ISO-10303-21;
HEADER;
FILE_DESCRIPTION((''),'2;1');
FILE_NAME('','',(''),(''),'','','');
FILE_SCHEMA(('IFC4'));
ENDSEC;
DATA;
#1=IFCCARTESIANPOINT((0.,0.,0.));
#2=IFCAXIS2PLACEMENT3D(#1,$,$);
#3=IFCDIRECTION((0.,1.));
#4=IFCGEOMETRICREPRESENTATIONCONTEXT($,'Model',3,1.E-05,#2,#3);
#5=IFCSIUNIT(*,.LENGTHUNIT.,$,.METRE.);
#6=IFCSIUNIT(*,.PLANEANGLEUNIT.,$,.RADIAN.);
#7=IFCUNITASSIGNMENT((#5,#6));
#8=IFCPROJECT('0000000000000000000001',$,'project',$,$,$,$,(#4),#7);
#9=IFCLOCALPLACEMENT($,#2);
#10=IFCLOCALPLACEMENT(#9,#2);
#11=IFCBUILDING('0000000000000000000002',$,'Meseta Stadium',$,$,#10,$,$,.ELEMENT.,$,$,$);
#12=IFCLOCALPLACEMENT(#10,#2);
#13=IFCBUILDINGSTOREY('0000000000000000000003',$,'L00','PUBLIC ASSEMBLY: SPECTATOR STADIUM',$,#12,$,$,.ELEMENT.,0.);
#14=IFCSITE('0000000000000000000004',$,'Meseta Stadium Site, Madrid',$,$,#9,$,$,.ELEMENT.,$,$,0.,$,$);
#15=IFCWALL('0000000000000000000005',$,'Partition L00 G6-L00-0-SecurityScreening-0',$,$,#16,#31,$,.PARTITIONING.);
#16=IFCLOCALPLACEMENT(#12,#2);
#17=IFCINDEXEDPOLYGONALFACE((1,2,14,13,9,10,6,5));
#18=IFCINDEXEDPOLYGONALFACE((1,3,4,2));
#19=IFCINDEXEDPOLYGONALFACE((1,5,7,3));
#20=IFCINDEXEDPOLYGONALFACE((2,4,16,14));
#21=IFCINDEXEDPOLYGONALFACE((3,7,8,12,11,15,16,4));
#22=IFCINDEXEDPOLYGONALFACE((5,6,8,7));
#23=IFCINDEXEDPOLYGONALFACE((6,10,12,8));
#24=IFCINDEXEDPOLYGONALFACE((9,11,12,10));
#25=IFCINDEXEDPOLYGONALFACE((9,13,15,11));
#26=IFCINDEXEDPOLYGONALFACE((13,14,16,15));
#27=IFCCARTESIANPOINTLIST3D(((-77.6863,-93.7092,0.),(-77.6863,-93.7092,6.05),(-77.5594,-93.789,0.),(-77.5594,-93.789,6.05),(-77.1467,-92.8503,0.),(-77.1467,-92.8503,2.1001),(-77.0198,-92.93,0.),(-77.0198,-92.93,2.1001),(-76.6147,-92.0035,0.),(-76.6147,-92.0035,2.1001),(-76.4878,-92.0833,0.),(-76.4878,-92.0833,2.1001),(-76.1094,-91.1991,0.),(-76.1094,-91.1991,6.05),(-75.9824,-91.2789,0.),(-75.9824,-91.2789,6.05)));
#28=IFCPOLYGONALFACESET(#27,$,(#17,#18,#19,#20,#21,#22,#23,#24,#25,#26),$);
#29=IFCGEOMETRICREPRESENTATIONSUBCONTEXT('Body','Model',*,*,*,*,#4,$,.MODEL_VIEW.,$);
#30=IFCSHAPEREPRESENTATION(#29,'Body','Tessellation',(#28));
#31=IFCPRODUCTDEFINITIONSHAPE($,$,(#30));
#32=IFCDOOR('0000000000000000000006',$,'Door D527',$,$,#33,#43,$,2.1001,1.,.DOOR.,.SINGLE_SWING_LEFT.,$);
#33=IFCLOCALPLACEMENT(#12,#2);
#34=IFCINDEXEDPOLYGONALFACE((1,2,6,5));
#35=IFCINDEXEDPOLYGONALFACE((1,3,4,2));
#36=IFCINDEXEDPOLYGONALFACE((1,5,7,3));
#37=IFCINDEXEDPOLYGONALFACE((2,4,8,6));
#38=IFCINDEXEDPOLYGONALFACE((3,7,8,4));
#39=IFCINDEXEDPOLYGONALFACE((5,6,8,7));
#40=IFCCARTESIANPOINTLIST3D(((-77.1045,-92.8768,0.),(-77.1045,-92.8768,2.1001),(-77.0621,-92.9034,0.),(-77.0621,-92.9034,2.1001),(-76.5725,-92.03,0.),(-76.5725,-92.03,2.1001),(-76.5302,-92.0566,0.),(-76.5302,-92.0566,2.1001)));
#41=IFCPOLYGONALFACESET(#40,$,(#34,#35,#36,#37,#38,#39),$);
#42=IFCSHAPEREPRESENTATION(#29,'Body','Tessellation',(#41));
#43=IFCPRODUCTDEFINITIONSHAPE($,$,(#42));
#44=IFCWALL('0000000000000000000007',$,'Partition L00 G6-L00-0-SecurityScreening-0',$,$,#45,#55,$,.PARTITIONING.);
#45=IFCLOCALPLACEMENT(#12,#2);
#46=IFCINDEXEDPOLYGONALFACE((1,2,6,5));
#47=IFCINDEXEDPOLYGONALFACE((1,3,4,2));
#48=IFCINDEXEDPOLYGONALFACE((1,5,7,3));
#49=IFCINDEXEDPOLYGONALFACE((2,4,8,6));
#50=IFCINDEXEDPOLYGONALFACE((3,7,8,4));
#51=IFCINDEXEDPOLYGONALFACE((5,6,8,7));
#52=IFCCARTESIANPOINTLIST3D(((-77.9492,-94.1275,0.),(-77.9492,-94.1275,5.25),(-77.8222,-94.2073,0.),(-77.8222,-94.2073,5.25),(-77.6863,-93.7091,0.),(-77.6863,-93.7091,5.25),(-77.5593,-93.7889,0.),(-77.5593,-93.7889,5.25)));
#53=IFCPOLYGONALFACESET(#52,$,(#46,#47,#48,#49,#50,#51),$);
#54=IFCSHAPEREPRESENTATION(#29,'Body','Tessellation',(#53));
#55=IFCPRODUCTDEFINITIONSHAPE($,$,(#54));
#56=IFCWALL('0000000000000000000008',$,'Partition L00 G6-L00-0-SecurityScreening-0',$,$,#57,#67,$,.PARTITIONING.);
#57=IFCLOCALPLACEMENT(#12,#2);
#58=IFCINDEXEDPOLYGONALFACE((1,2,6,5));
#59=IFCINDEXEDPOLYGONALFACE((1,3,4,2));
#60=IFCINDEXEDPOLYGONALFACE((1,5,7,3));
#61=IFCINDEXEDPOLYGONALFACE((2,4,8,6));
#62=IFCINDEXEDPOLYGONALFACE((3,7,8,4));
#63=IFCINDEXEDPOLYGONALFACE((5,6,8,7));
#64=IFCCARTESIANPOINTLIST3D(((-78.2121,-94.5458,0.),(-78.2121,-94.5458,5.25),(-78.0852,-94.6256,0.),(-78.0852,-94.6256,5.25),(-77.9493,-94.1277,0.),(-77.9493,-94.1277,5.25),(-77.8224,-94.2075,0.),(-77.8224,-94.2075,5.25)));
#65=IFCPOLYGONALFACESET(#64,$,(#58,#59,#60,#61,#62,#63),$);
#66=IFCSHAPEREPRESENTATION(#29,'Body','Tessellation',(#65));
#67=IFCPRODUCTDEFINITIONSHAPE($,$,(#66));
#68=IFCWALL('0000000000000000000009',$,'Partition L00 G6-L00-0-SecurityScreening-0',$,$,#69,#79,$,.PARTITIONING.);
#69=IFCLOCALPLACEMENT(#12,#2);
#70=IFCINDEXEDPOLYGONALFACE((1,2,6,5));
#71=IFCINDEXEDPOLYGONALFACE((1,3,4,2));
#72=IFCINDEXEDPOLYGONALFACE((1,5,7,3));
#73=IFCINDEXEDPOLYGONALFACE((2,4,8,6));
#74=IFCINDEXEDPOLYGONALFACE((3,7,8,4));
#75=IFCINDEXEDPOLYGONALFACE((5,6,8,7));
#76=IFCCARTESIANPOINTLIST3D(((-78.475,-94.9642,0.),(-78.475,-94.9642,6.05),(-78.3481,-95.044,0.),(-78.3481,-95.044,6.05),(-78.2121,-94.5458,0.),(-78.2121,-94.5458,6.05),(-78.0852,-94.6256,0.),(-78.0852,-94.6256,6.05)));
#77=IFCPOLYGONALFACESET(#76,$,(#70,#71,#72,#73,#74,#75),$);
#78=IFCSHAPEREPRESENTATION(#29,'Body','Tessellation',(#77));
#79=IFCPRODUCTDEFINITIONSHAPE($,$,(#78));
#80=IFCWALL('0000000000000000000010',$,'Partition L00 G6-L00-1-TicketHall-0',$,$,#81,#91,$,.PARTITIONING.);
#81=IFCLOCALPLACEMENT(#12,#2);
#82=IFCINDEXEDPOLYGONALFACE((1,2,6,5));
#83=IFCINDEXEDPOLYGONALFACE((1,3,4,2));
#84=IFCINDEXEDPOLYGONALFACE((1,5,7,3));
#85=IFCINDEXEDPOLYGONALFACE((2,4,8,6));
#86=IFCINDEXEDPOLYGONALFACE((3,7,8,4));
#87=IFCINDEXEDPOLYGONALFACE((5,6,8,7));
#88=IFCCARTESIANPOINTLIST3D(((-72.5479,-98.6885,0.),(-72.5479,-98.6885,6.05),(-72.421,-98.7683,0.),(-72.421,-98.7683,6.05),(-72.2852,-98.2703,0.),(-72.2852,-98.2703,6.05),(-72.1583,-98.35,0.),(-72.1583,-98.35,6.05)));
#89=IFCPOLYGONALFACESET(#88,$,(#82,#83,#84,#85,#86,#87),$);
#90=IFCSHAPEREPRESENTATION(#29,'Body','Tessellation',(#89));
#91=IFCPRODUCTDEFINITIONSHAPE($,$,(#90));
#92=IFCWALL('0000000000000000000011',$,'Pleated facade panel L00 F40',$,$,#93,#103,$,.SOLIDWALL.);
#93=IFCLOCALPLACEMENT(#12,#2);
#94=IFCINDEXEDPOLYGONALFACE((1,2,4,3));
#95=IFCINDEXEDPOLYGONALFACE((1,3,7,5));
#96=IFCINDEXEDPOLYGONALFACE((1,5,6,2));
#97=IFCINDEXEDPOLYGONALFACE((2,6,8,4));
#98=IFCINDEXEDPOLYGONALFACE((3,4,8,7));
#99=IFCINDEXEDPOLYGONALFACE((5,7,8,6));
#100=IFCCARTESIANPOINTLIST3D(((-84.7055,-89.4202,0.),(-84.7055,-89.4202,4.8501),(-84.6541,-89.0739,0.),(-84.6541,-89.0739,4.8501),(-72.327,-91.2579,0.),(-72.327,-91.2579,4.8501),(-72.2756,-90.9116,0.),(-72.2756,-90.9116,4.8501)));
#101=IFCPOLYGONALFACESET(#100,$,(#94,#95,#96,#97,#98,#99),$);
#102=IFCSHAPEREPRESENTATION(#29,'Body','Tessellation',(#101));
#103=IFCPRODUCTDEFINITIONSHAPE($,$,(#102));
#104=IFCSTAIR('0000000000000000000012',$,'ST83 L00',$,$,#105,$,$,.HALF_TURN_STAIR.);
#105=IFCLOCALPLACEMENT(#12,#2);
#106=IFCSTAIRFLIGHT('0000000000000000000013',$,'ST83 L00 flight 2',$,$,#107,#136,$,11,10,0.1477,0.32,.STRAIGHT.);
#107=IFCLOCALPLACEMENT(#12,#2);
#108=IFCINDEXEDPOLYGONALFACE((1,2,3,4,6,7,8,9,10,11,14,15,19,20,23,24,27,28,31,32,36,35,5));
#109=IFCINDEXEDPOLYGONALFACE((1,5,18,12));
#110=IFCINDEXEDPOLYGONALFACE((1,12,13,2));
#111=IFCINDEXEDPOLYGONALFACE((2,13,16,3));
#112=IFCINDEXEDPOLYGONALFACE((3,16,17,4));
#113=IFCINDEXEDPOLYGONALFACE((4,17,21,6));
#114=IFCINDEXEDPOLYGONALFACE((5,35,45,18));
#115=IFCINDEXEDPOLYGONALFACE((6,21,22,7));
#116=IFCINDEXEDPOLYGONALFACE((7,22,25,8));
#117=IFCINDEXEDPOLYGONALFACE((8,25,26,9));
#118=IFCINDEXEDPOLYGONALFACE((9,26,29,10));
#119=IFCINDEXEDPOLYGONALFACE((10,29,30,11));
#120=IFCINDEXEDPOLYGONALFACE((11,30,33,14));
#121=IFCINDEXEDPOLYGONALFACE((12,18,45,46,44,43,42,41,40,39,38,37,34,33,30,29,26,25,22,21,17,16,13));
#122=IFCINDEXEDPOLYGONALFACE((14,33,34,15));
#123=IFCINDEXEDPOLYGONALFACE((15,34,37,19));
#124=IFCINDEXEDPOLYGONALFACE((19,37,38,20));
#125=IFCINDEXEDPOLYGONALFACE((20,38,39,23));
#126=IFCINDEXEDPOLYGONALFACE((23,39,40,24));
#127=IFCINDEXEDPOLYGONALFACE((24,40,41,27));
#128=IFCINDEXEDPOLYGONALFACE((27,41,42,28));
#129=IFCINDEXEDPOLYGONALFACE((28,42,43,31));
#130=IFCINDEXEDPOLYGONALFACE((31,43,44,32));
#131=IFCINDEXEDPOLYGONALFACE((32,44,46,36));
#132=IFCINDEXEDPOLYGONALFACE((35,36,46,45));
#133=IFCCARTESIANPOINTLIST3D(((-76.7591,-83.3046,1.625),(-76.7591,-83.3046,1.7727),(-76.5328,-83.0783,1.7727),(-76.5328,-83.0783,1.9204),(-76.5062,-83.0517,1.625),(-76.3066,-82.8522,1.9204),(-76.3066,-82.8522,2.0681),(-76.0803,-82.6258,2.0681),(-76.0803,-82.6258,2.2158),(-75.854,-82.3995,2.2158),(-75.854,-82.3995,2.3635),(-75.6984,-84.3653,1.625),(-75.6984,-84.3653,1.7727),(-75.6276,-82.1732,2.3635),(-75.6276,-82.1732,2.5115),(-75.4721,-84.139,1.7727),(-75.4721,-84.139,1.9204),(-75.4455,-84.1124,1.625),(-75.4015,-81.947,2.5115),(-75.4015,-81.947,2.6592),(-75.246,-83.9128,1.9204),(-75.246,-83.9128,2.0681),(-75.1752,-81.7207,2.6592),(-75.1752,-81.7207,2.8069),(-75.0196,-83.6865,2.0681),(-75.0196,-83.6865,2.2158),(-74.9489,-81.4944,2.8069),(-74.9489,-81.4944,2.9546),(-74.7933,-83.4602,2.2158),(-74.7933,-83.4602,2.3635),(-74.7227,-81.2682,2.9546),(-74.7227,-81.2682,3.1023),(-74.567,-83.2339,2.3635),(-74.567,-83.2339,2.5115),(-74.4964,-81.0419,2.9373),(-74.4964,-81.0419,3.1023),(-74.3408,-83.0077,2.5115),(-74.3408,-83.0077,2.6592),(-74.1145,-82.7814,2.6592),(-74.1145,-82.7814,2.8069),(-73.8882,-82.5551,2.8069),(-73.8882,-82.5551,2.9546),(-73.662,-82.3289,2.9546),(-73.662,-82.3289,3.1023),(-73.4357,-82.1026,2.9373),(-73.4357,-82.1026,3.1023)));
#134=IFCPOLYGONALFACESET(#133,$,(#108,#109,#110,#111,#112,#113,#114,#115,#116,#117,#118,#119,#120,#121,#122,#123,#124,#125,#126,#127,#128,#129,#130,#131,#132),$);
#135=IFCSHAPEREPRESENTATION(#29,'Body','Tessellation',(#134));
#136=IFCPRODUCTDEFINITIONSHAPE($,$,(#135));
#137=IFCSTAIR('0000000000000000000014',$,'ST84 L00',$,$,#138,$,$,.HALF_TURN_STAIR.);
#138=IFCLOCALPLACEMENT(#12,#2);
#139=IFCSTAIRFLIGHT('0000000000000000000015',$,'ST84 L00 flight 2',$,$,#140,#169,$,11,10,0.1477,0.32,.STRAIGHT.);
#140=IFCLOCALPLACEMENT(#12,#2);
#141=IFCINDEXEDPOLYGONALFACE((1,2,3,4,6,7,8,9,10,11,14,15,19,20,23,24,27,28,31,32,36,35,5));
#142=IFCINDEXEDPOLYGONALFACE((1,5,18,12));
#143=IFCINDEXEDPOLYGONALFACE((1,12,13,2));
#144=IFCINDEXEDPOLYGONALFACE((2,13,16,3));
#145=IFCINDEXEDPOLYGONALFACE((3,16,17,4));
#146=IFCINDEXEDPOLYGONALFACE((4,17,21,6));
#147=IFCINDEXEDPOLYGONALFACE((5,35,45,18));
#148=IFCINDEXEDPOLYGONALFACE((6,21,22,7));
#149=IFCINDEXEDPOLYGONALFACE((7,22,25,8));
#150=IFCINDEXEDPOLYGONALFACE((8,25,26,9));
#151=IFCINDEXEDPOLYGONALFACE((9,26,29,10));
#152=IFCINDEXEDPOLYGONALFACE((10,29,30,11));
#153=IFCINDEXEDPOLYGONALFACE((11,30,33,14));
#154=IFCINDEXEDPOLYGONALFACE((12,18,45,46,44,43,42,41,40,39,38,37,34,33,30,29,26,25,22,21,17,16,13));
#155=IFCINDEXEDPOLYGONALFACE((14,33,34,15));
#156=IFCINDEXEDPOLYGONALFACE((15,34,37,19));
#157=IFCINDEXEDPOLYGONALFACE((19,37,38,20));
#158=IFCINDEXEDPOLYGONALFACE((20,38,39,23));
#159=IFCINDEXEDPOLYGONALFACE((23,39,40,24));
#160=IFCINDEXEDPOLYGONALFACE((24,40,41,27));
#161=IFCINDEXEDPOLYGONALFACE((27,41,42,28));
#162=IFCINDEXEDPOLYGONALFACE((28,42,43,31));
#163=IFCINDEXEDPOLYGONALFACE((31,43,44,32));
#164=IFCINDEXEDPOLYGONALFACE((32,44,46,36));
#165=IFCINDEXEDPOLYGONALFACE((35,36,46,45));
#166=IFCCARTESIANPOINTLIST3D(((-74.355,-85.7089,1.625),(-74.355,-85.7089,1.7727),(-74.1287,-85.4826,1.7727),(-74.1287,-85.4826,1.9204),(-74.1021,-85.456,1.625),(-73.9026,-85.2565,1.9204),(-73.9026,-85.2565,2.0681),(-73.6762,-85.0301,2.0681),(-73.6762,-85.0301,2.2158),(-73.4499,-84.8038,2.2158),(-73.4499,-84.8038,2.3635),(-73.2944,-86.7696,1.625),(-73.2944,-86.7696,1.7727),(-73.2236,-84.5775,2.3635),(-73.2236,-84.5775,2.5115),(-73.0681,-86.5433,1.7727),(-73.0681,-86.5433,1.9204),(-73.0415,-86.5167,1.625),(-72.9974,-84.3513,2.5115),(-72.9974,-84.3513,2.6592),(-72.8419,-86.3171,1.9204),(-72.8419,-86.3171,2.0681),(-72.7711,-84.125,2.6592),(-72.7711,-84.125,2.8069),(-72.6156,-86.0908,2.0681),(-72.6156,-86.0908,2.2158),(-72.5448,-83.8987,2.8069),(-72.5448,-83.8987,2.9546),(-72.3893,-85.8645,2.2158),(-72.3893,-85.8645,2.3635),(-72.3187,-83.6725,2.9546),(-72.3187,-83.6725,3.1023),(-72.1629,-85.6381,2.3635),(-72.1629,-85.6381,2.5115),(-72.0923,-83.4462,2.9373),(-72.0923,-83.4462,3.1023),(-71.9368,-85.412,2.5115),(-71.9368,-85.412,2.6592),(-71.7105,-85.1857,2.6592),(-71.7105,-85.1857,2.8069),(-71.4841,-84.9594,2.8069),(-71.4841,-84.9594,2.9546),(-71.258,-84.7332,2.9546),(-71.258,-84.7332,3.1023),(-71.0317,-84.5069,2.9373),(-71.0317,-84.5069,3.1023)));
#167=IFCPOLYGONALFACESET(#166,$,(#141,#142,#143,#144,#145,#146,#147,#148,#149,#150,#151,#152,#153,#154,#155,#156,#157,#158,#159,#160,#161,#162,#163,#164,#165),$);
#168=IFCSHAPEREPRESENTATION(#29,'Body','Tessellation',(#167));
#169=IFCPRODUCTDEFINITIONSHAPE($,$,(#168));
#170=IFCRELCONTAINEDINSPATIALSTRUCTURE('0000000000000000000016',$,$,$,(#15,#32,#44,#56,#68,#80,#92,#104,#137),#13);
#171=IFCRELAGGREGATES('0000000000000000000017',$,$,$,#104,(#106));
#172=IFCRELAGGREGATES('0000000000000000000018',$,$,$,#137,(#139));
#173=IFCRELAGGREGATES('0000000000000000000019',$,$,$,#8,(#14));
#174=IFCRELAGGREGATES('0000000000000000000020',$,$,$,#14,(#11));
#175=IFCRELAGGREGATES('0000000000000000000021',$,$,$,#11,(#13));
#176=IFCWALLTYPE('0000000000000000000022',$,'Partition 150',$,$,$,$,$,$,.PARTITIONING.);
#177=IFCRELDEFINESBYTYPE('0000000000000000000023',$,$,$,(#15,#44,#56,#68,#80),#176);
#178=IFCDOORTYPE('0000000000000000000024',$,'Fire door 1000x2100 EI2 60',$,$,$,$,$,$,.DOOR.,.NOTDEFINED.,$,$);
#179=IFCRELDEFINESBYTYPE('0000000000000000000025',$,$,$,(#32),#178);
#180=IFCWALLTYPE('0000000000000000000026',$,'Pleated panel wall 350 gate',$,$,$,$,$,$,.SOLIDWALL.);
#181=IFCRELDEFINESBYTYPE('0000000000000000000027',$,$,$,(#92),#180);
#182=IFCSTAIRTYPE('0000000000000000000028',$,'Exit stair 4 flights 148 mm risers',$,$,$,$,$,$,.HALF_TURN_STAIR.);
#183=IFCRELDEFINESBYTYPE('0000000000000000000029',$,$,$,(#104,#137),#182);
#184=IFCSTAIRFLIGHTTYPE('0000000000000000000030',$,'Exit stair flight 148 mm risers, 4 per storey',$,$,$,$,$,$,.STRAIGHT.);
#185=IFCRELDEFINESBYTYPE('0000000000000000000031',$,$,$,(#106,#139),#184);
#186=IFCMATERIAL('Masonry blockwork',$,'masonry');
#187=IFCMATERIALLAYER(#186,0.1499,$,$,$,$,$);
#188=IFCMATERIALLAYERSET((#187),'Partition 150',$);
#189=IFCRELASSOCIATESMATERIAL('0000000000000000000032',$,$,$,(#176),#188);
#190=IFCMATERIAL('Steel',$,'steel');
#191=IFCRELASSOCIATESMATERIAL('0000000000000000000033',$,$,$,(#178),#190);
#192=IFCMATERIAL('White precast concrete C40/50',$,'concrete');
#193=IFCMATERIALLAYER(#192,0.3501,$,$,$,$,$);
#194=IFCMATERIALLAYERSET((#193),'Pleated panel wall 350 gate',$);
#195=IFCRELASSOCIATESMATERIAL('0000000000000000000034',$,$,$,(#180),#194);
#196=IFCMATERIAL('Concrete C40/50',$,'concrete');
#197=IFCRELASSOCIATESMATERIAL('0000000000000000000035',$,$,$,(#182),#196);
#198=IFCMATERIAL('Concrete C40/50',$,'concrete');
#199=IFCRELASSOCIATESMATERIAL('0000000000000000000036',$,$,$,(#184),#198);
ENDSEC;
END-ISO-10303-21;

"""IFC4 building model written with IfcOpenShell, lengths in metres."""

from ifc_helpers import new_model, si_unit, direction, frame, frame_2d, origin, place, context, subcontext, project, spatial, polyline, rectangle, outline, extrude, material, layer, layer_set, type_object, element, fill, aggregate, save


model = new_model("IFC4")

# Units and contexts
model_context = context("Model", 3, precision=1e-05, world=origin(), true_north=direction((0.0, 1.0)))
body_context = subcontext(model_context, "Body", "Model", "MODEL_VIEW")
ifc_project = project(units=[si_unit("LENGTHUNIT", "METRE"), si_unit("PLANEANGLEUNIT", "RADIAN")], contexts=[model_context])

# Site, building, storey
site_placement = place(None, origin())
site = spatial("IfcSite", under=ifc_project, at=site_placement, Name="Meseta Stadium Site, Madrid", CompositionType="ELEMENT", RefElevation=0.0)
building_placement = place(site_placement, origin())
building = spatial("IfcBuilding", under=site, at=building_placement, Name="Meseta Stadium", CompositionType="ELEMENT")
storey_placement = place(building_placement, origin())
storey = spatial("IfcBuildingStorey", under=building, at=storey_placement, Name="L00", Description="PUBLIC ASSEMBLY: SPECTATOR STADIUM", CompositionType="ELEMENT", Elevation=0.0)

# Wall, opening, door
ifc_material_1 = material(Name="Masonry blockwork", Category="masonry")
ifc_layer_1 = layer(ifc_material_1, 0.1499)
ifc_layer_set_1 = layer_set([ifc_layer_1], Name="Partition 150")
wall_type_1 = type_object("IfcWallType", Name="Partition 150", PredefinedType="PARTITIONING", material=ifc_layer_set_1)
wall_1_placement = place(storey_placement, frame((-76.0459, -91.239, 0.0), z_axis=(0.0, 0.0, 1.0), x_axis=(-0.531974, -0.846761, 0.0)))
wall_1 = element("IfcWall", 1, at=wall_1_placement, inside=storey, type_object=wall_type_1, Name="Partition L00 G6-L00-0-SecurityScreening-0", PredefinedType="PARTITIONING", context=body_context, shape_type="SweptSolid", body=[
    extrude(rectangle(XDim=2.9644, YDim=0.1499, at=frame_2d((1.4822, 0.0))), origin(), (0.0, 0.0, 1.0), 6.05),
])
opening_placement = place(wall_1_placement, frame((0.95, 0.0, 0.0)))
opening = element("IfcOpeningElement", 2, at=opening_placement, cuts=wall_1, PredefinedType="OPENING", context=body_context, shape_type="SweptSolid", body=[
    extrude(rectangle(XDim=1.0, YDim=2.1001, at=frame_2d((0.5, 1.05))), frame((0.0, 0.085, 0.0), z_axis=(0.0, -1.0, 0.0), x_axis=(1.0, 0.0, 0.0)), (0.0, 0.0, 1.0), 0.1699),
])
ifc_material_2 = material(Name="Steel", Category="steel")
door_type = type_object("IfcDoorType", Name="Fire door 1000x2100 EI2 60", OperationType="NOTDEFINED", PredefinedType="DOOR", material=ifc_material_2)
door_placement = place(opening_placement, origin())
door = element("IfcDoor", 3, at=door_placement, inside=storey, type_object=door_type, Name="Door D527", OperationType="SINGLE_SWING_LEFT", OverallHeight=2.1001, OverallWidth=1.0, PredefinedType="DOOR", context=body_context, shape_type="SweptSolid", body=[
    extrude(rectangle(XDim=1.0, YDim=2.1001, at=frame_2d((0.5, 1.05))), frame((0.0, 0.0249, 0.0), z_axis=(0.0, -1.0, 0.0), x_axis=(1.0, 0.0, 0.0)), (0.0, 0.0, 1.0), 0.05),
])
fill(opening, door)

# Walls
wall_2_placement = place(storey_placement, frame((-77.6228, -93.749, 0.0), z_axis=(0.0, 0.0, 1.0), x_axis=(-0.53204, -0.846719, 0.0)))
element("IfcWall", 4, at=wall_2_placement, inside=storey, type_object=wall_type_1, Name="Partition L00 G6-L00-0-SecurityScreening-0", PredefinedType="PARTITIONING", context=body_context, shape_type="SweptSolid", body=[
    extrude(rectangle(XDim=0.4941, YDim=0.1499, at=frame_2d((0.2471, 0.0))), origin(), (0.0, 0.0, 1.0), 5.25),
])
wall_3_placement = place(storey_placement, frame((-77.8857, -94.1675, 0.0), z_axis=(0.0, 0.0, 1.0), x_axis=(-0.532263, -0.846579, 0.0)))
element("IfcWall", 5, at=wall_3_placement, inside=storey, type_object=wall_type_1, Name="Partition L00 G6-L00-0-SecurityScreening-0", PredefinedType="PARTITIONING", context=body_context, shape_type="SweptSolid", body=[
    extrude(rectangle(XDim=0.4939, YDim=0.1499, at=frame_2d((0.2471, 0.0))), origin(), (0.0, 0.0, 1.0), 5.25),
])
wall_4_placement = place(storey_placement, frame((-78.1487, -94.5857, 0.0), z_axis=(0.0, 0.0, 1.0), x_axis=(-0.53204, -0.846719, 0.0)))
element("IfcWall", 6, at=wall_4_placement, inside=storey, type_object=wall_type_1, Name="Partition L00 G6-L00-0-SecurityScreening-0", PredefinedType="PARTITIONING", context=body_context, shape_type="SweptSolid", body=[
    extrude(rectangle(XDim=0.4941, YDim=0.1499, at=frame_2d((0.2471, 0.0))), origin(), (0.0, 0.0, 1.0), 6.05),
])
wall_5_placement = place(storey_placement, frame((-72.2217, -98.3101, 0.0), z_axis=(0.0, 0.0, 1.0), x_axis=(-0.531908, -0.846802, 0.0)))
element("IfcWall", 7, at=wall_5_placement, inside=storey, type_object=wall_type_1, Name="Partition L00 G6-L00-1-TicketHall-0", PredefinedType="PARTITIONING", context=body_context, shape_type="SweptSolid", body=[
    extrude(rectangle(XDim=0.4939, YDim=0.1499, at=frame_2d((0.2471, 0.0))), origin(), (0.0, 0.0, 1.0), 6.05),
])
ifc_material_3 = material(Name="White precast concrete C40/50", Category="concrete")
ifc_layer_2 = layer(ifc_material_3, 0.3501)
ifc_layer_set_2 = layer_set([ifc_layer_2], Name="Pleated panel wall 350 gate")
wall_type_2 = type_object("IfcWallType", Name="Pleated panel wall 350 gate", PredefinedType="SOLIDWALL", material=ifc_layer_set_2)
wall_6_placement = place(storey_placement, frame((-72.3013, -91.0847, 0.0), z_axis=(0.0, 0.0, 1.0), x_axis=(-0.989159, 0.146846, 0.0)))
element("IfcWall", 8, at=wall_6_placement, inside=storey, type_object=wall_type_2, Name="Pleated facade panel L00 F40", PredefinedType="SOLIDWALL", context=body_context, shape_type="SweptSolid", body=[
    extrude(rectangle(XDim=12.5142, YDim=0.3501, at=frame_2d((6.2571, 0.0))), origin(), (0.0, 0.0, 1.0), 4.8501),
])

# Stair, stair flight
ifc_material_4 = material(Name="Concrete C40/50", Category="concrete")
stair_type = type_object("IfcStairType", Name="Exit stair 4 flights 148 mm risers", PredefinedType="HALF_TURN_STAIR", material=ifc_material_4)
stair_1_placement = place(storey_placement, origin())
stair_1 = element("IfcStair", 9, at=stair_1_placement, inside=storey, type_object=stair_type, Name="ST83 L00", PredefinedType="HALF_TURN_STAIR")
ifc_material_5 = material(Name="Concrete C40/50", Category="concrete")
stair_flight_type = type_object("IfcStairFlightType", Name="Exit stair flight 148 mm risers, 4 per storey", PredefinedType="STRAIGHT", material=ifc_material_5)
stair_flight_1_placement = place(storey_placement, frame((-76.2288, -83.835, 1.625), z_axis=(0.0, 0.0, 1.0), x_axis=(0.707107, 0.707107, 0.0)))
stair_flight_1 = element("IfcStairFlight", 10, at=stair_flight_1_placement, type_object=stair_flight_type, Name="ST83 L00 flight 2", NumberOfRisers=11, NumberOfTreads=10, PredefinedType="STRAIGHT", RiserHeight=0.1477, TreadLength=0.32, context=body_context, shape_type="SweptSolid", body=[
    extrude(outline(polyline([(0.0, 0.0), (0.0, 0.1477), (0.3201, 0.1477), (0.3201, 0.2954), (0.6399, 0.2954), (0.6399, 0.4431), (0.96, 0.4431), (0.96, 0.5908), (1.28, 0.5908), (1.28, 0.7385), (1.6001, 0.7385), (1.6001, 0.8865), (1.9199, 0.8865), (1.9199, 1.0342), (2.24, 1.0342), (2.24, 1.1819), (2.5601, 1.1819), (2.5601, 1.3296), (2.8799, 1.3296), (2.8799, 1.4773), (3.2, 1.4773), (3.2, 1.3123), (0.3577, 0.0), (0.0, 0.0)])), frame((0.0, 0.75, 0.0), z_axis=(0.0, -1.0, 0.0), x_axis=(1.0, 0.0, 0.0)), (0.0, 0.0, 1.0), 1.5),
])
aggregate(stair_1, [stair_flight_1])

# Stair, stair flight
stair_2_placement = place(storey_placement, origin())
stair_2 = element("IfcStair", 11, at=stair_2_placement, inside=storey, type_object=stair_type, Name="ST84 L00", PredefinedType="HALF_TURN_STAIR")
stair_flight_2_placement = place(storey_placement, frame((-73.8247, -86.2393, 1.625), z_axis=(0.0, 0.0, 1.0), x_axis=(0.707107, 0.707107, 0.0)))
stair_flight_2 = element("IfcStairFlight", 12, at=stair_flight_2_placement, type_object=stair_flight_type, Name="ST84 L00 flight 2", NumberOfRisers=11, NumberOfTreads=10, PredefinedType="STRAIGHT", RiserHeight=0.1477, TreadLength=0.32, context=body_context, shape_type="SweptSolid", body=[
    extrude(outline(polyline([(0.0, 0.0), (0.0, 0.1477), (0.3201, 0.1477), (0.3201, 0.2954), (0.6399, 0.2954), (0.6399, 0.4431), (0.96, 0.4431), (0.96, 0.5908), (1.28, 0.5908), (1.28, 0.7385), (1.6001, 0.7385), (1.6001, 0.8865), (1.9199, 0.8865), (1.9199, 1.0342), (2.24, 1.0342), (2.24, 1.1819), (2.5601, 1.1819), (2.5601, 1.3296), (2.8799, 1.3296), (2.8799, 1.4773), (3.2, 1.4773), (3.2, 1.3123), (0.3577, 0.0), (0.0, 0.0)])), frame((0.0, 0.75, 0.0), z_axis=(0.0, -1.0, 0.0), x_axis=(1.0, 0.0, 0.0)), (0.0, 0.0, 1.0), 1.5),
])
aggregate(stair_2, [stair_flight_2])

save(model, "model.ifc")
